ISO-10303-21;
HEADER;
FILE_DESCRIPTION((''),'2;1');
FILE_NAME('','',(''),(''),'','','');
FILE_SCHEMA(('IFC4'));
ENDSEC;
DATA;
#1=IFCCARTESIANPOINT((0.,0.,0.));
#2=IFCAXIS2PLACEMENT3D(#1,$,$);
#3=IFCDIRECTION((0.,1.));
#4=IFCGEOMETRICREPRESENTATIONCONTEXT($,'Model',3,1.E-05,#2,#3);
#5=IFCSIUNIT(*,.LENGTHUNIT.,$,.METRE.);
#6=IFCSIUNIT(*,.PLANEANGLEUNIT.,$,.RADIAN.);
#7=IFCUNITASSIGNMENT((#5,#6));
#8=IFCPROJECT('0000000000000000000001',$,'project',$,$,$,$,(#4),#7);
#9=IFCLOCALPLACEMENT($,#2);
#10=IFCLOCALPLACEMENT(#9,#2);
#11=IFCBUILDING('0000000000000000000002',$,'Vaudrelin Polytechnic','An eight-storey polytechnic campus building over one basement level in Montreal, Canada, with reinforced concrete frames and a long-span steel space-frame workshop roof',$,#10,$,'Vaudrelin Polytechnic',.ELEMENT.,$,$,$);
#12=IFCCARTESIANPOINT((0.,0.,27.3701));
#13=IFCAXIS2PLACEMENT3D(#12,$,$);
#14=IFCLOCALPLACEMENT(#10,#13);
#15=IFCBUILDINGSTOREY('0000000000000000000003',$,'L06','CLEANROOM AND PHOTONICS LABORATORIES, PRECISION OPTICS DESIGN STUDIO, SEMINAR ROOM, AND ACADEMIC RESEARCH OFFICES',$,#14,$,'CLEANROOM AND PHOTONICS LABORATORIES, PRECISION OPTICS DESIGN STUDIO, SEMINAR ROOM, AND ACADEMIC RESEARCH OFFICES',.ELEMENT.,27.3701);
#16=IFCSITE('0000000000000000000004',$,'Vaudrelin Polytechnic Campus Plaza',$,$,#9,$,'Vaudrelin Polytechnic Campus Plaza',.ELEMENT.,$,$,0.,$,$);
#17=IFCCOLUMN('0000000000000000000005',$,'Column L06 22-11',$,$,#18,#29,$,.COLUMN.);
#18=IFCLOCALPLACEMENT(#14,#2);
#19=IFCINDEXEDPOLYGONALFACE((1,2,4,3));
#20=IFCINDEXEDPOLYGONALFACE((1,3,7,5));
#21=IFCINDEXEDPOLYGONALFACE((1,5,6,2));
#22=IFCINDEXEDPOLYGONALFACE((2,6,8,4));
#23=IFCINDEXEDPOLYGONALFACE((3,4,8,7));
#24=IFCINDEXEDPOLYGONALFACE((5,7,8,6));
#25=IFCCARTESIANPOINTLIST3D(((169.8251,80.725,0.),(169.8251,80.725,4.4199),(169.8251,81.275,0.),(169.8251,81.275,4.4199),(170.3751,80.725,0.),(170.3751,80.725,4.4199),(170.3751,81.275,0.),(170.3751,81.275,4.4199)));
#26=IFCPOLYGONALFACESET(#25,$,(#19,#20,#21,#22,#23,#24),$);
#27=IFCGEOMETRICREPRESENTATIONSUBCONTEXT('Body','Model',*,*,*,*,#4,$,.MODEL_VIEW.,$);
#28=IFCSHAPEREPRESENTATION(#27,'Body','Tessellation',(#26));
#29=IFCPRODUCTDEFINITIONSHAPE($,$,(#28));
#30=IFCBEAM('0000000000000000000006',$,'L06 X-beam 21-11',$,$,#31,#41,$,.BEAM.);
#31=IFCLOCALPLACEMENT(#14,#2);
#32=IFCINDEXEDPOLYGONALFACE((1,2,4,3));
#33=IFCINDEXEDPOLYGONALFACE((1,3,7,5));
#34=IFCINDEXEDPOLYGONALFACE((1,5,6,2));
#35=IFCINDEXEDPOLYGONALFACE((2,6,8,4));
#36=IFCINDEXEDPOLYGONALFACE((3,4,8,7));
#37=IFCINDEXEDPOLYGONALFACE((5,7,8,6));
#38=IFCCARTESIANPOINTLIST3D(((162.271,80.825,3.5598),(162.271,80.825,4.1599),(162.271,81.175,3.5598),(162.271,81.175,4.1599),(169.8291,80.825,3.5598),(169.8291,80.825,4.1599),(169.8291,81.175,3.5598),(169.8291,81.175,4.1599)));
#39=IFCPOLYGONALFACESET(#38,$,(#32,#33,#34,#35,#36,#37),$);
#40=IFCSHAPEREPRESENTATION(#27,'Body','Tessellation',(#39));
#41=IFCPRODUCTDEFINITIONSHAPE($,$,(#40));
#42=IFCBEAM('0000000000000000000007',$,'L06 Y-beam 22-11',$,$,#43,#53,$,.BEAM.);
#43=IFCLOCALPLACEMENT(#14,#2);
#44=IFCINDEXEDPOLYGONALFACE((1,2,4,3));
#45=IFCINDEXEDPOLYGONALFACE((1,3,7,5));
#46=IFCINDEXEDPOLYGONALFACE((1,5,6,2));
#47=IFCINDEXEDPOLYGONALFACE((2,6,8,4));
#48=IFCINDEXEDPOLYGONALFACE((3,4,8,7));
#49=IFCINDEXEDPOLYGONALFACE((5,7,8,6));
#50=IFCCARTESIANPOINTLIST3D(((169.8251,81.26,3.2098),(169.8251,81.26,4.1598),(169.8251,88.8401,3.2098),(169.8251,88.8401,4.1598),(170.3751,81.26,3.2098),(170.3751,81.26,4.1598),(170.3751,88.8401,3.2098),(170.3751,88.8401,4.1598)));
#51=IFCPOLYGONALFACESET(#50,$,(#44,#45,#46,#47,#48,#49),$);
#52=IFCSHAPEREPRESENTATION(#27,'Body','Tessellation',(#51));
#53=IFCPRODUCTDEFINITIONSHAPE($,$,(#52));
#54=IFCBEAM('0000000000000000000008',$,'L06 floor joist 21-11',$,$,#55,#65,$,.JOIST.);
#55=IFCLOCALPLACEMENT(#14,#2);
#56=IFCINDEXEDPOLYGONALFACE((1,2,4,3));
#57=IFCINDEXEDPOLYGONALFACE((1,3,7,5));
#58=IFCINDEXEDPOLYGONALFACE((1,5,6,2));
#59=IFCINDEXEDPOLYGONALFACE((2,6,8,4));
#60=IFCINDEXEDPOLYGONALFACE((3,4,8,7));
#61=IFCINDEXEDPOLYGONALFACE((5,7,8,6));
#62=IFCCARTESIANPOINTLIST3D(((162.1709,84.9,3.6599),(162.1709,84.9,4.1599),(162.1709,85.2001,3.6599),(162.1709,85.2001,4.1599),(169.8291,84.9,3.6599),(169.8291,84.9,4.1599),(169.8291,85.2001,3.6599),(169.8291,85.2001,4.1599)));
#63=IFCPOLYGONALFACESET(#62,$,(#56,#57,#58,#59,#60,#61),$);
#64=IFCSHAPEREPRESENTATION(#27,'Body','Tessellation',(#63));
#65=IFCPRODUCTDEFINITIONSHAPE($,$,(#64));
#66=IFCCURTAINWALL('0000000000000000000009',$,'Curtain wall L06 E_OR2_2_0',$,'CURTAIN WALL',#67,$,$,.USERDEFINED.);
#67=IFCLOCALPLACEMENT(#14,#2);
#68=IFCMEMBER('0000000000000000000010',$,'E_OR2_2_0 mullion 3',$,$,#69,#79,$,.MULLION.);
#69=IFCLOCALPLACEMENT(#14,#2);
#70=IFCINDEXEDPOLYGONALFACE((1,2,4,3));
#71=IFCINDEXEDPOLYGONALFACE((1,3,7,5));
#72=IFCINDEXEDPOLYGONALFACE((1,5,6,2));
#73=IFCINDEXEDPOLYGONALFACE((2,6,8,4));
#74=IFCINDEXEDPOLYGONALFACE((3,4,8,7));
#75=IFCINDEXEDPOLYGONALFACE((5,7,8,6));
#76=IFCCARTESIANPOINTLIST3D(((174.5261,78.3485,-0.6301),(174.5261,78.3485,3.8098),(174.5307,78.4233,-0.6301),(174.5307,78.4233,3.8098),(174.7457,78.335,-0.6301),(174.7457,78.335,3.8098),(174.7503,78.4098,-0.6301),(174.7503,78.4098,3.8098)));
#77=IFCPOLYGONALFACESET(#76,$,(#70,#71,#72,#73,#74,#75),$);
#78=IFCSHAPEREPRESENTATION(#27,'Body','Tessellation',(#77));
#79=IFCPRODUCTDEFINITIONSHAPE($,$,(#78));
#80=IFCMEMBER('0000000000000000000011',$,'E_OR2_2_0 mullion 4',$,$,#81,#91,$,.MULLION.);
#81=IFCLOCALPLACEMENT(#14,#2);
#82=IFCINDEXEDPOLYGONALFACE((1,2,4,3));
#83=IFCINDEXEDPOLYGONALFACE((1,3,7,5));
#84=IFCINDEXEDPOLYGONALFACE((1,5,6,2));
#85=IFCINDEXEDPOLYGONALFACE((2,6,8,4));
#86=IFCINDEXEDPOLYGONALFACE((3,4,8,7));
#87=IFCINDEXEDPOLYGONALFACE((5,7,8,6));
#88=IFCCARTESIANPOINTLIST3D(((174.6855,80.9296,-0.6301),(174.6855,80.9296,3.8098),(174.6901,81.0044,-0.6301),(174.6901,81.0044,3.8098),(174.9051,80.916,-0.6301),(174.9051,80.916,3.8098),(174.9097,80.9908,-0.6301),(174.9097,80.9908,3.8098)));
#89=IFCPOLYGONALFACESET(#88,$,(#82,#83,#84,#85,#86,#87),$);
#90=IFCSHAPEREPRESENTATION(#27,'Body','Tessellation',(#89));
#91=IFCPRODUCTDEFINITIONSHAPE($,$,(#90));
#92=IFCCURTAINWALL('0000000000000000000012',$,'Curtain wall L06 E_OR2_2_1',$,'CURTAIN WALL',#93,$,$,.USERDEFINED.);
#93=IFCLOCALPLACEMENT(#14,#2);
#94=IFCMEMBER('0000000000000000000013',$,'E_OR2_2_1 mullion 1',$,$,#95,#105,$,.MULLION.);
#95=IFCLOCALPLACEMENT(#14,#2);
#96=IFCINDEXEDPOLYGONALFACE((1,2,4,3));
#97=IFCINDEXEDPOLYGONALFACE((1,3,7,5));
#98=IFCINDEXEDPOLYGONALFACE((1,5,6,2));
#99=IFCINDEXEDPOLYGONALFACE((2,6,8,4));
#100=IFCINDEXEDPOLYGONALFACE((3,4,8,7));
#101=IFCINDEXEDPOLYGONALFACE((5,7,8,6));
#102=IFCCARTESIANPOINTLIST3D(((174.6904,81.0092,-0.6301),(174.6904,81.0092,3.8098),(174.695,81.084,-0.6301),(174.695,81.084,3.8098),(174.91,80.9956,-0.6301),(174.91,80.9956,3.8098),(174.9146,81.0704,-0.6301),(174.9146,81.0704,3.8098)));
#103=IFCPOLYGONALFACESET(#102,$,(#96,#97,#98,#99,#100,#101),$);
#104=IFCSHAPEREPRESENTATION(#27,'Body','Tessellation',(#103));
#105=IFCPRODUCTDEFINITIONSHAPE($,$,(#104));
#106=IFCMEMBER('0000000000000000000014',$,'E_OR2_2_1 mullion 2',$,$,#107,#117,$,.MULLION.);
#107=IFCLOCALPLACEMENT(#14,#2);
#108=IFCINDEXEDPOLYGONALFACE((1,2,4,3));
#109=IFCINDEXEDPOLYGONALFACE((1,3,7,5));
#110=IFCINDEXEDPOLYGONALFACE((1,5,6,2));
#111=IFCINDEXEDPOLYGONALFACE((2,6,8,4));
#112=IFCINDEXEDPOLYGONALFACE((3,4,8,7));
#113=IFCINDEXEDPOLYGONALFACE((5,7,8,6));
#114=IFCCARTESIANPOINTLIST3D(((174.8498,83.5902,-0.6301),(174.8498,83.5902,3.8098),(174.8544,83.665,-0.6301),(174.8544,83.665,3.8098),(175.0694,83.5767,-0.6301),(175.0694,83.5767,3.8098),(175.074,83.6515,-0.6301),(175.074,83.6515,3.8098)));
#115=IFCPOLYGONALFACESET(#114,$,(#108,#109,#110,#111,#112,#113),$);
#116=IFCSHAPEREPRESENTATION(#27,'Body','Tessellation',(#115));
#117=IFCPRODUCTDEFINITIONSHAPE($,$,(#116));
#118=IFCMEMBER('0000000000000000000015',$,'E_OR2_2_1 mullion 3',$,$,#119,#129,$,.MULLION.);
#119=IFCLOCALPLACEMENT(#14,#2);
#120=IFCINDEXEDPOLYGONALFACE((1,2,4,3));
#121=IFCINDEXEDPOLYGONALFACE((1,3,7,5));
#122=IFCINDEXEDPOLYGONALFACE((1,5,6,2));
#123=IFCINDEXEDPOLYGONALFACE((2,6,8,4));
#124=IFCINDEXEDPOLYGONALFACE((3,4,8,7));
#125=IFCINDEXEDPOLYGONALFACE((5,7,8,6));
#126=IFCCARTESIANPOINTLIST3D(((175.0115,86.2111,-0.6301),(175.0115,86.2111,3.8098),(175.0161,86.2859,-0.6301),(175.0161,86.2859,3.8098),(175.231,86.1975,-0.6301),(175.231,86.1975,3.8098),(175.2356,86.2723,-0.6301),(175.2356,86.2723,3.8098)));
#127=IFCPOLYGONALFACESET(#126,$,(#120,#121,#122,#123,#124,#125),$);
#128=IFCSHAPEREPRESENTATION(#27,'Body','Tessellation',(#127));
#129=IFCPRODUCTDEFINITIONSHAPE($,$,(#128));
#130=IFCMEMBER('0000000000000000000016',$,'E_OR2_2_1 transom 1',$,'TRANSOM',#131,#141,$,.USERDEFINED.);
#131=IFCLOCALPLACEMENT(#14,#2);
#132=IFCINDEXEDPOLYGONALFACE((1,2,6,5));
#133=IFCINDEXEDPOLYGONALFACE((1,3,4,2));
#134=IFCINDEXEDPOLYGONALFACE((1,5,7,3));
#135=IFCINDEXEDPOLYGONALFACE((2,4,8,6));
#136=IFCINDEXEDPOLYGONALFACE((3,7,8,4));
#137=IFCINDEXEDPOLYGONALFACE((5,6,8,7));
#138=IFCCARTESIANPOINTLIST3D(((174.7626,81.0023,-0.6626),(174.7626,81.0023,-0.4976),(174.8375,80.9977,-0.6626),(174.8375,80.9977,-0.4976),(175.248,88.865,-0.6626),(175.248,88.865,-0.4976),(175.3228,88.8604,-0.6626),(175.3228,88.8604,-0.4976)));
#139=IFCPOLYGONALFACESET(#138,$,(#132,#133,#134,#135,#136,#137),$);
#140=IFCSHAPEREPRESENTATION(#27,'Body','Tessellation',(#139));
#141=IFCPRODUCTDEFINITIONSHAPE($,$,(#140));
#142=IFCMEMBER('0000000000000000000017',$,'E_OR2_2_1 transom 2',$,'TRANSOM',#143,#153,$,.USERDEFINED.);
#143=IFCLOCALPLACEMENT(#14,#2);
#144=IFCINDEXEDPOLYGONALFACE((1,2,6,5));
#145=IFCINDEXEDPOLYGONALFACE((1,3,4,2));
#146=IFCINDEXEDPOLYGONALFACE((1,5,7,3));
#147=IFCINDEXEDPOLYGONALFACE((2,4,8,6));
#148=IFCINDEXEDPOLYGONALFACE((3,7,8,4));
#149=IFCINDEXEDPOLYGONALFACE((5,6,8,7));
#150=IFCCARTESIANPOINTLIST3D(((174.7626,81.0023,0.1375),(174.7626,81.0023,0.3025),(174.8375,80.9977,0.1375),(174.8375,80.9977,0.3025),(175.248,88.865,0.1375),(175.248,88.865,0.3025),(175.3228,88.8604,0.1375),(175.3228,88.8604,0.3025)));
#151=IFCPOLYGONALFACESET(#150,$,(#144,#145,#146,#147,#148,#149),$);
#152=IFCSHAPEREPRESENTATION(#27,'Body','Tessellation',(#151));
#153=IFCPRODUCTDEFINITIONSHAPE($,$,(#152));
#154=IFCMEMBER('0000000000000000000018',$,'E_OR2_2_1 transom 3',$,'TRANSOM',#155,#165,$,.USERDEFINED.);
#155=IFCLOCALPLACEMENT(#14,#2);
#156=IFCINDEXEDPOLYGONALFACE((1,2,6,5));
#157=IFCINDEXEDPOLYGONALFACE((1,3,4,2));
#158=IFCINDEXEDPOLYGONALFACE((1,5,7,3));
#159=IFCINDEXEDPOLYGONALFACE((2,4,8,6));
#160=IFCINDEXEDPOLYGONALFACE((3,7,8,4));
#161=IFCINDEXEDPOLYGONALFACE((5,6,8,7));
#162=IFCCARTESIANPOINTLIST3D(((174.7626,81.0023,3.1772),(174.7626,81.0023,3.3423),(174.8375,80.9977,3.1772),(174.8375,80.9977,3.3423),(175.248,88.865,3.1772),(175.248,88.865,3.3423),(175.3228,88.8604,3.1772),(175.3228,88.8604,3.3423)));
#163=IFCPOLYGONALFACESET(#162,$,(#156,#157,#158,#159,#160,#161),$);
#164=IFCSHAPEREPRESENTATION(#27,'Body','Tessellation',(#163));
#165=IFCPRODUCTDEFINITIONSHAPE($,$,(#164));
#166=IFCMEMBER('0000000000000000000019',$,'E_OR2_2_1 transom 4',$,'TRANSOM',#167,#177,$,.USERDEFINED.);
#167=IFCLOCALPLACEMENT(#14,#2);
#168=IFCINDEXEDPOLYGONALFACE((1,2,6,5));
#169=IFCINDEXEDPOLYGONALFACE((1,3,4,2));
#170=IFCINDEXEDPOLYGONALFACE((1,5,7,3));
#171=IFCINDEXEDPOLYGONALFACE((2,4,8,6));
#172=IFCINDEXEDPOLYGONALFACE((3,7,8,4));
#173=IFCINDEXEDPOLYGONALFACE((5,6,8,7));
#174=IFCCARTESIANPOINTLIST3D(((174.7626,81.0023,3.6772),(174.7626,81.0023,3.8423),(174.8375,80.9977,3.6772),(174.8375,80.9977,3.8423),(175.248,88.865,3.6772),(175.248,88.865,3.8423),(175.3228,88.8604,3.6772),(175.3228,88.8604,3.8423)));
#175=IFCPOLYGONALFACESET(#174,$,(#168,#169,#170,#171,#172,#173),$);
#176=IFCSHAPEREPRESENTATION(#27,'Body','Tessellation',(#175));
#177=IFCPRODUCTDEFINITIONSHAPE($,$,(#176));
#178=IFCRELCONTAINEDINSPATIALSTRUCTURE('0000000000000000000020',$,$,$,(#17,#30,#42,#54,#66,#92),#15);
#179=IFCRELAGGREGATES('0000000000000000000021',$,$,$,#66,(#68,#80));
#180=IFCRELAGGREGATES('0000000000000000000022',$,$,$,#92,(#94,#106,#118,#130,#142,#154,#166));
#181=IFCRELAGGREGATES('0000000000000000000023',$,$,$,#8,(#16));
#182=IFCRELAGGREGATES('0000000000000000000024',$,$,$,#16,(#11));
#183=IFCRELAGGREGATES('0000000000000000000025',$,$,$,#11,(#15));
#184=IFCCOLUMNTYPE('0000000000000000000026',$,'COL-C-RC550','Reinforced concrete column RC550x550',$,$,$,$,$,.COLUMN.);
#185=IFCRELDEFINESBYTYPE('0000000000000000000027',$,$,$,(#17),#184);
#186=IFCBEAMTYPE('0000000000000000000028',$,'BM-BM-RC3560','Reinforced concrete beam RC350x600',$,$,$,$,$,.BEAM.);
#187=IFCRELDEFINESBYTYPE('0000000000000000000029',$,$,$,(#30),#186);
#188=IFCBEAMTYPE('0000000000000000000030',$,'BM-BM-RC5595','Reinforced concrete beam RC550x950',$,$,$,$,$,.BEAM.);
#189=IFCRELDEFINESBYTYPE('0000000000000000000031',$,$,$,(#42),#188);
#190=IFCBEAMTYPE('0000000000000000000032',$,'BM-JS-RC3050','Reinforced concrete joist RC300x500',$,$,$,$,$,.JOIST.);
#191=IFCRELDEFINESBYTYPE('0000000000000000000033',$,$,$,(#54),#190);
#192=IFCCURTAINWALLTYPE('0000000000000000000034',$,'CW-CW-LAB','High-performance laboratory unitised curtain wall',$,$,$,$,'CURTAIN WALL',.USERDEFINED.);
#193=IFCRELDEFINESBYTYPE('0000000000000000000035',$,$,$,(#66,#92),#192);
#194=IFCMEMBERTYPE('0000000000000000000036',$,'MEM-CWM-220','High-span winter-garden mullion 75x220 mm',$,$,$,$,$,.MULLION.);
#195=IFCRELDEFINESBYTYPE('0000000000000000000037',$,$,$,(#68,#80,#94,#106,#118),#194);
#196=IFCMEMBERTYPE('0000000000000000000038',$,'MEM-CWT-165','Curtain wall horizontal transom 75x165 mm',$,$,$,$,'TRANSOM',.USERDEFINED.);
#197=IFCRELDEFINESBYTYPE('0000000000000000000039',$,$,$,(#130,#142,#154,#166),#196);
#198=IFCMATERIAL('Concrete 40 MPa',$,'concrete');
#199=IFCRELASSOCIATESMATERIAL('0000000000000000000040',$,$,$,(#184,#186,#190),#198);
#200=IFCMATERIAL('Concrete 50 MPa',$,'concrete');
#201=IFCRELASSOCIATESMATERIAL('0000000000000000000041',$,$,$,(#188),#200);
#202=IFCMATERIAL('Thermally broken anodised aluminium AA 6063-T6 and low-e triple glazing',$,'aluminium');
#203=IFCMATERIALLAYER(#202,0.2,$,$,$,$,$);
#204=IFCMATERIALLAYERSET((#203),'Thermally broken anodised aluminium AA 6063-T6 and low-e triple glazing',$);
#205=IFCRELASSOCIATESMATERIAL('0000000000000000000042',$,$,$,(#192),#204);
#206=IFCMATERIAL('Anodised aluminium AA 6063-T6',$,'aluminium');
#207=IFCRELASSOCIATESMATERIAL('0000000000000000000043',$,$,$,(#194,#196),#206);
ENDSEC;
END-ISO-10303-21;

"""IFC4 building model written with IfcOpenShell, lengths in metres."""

from ifc_helpers import new_model, si_unit, direction, frame, origin, origin_2d, place, context, subcontext, project, spatial, rectangle, extrude, material, layer, layer_set, material_profile, profile_set, type_object, element, aggregate, save


model = new_model("IFC4")

# Units and contexts
model_context = context("Model", 3, precision=1e-05, world=origin(), true_north=direction((0.0, 1.0)))
body_context = subcontext(model_context, "Body", "Model", "MODEL_VIEW")
ifc_project = project(units=[si_unit("LENGTHUNIT", "METRE"), si_unit("PLANEANGLEUNIT", "RADIAN")], contexts=[model_context])

# Site, building, storey
site_placement = place(None, origin())
site = spatial("IfcSite", under=ifc_project, at=site_placement, Name="Vaudrelin Polytechnic Campus Plaza", LongName="Vaudrelin Polytechnic Campus Plaza", CompositionType="ELEMENT", RefElevation=0.0)
building_placement = place(site_placement, origin())
building = spatial("IfcBuilding", under=site, at=building_placement, Name="Vaudrelin Polytechnic", Description="An eight-storey polytechnic campus building over one basement level in Montreal, Canada, with reinforced concrete frames and a long-span steel space-frame workshop roof", LongName="Vaudrelin Polytechnic", CompositionType="ELEMENT")
storey_placement = place(building_placement, frame((0.0, 0.0, 27.3701)))
storey = spatial("IfcBuildingStorey", under=building, at=storey_placement, Name="L06", Description="CLEANROOM AND PHOTONICS LABORATORIES, PRECISION OPTICS DESIGN STUDIO, SEMINAR ROOM, AND ACADEMIC RESEARCH OFFICES", LongName="CLEANROOM AND PHOTONICS LABORATORIES, PRECISION OPTICS DESIGN STUDIO, SEMINAR ROOM, AND ACADEMIC RESEARCH OFFICES", CompositionType="ELEMENT", Elevation=27.3701)

# Column
ifc_material_1 = material(Name="Concrete 40 MPa", Category="concrete")
ifc_material_profile_1 = material_profile(ifc_material_1, rectangle(XDim=0.55, YDim=0.55, at=origin_2d()), Name="RC550x550")
ifc_profile_set_1 = profile_set([ifc_material_profile_1], Name="Concrete 40 MPa")
column_type = type_object("IfcColumnType", Name="COL-C-RC550", Description="Reinforced concrete column RC550x550", PredefinedType="COLUMN", material=ifc_profile_set_1)
column_placement = place(storey_placement, frame((170.1001, 81.0, 0.0), z_axis=(0.0, 0.0, 1.0), x_axis=(1.0, 0.0, 0.0)))
element("IfcColumn", 1, at=column_placement, inside=storey, type_object=column_type, Name="Column L06 22-11", PredefinedType="COLUMN", context=body_context, shape_type="SweptSolid", body=[
    extrude(rectangle(XDim=0.55, YDim=0.55, at=origin_2d()), origin(), (0.0, 0.0, 1.0), 4.4199),
])

# Beams
ifc_material_profile_2 = material_profile(ifc_material_1, rectangle(XDim=0.3501, YDim=0.6001, at=origin_2d()), Name="RC350x600")
ifc_profile_set_2 = profile_set([ifc_material_profile_2], Name="Concrete 40 MPa")
beam_type_1 = type_object("IfcBeamType", Name="BM-BM-RC3560", Description="Reinforced concrete beam RC350x600", PredefinedType="BEAM", material=ifc_profile_set_2)
beam_1_placement = place(storey_placement, frame((162.271, 81.0, 3.8599), z_axis=(1.0, 0.0, 0.0), x_axis=(0.0, 1.0, 0.0)))
element("IfcBeam", 2, at=beam_1_placement, inside=storey, type_object=beam_type_1, Name="L06 X-beam 21-11", PredefinedType="BEAM", context=body_context, shape_type="SweptSolid", body=[
    extrude(rectangle(XDim=0.3501, YDim=0.6001, at=origin_2d()), origin(), (0.0, 0.0, 1.0), 7.5581),
])
ifc_material_2 = material(Name="Concrete 50 MPa", Category="concrete")
ifc_material_profile_3 = material_profile(ifc_material_2, rectangle(XDim=0.55, YDim=0.95, at=origin_2d()), Name="RC550x950")
ifc_profile_set_3 = profile_set([ifc_material_profile_3], Name="Concrete 50 MPa")
beam_type_2 = type_object("IfcBeamType", Name="BM-BM-RC5595", Description="Reinforced concrete beam RC550x950", PredefinedType="BEAM", material=ifc_profile_set_3)
beam_2_placement = place(storey_placement, frame((170.1001, 81.26, 3.6848), z_axis=(0.0, 1.0, 0.0), x_axis=(-1.0, 0.0, 0.0)))
element("IfcBeam", 3, at=beam_2_placement, inside=storey, type_object=beam_type_2, Name="L06 Y-beam 22-11", PredefinedType="BEAM", context=body_context, shape_type="SweptSolid", body=[
    extrude(rectangle(XDim=0.55, YDim=0.95, at=origin_2d()), origin(), (0.0, 0.0, 1.0), 7.5801),
])
ifc_material_profile_4 = material_profile(ifc_material_1, rectangle(XDim=0.3, YDim=0.5, at=origin_2d()), Name="RC300x500")
ifc_profile_set_4 = profile_set([ifc_material_profile_4], Name="Concrete 40 MPa")
beam_type_3 = type_object("IfcBeamType", Name="BM-JS-RC3050", Description="Reinforced concrete joist RC300x500", PredefinedType="JOIST", material=ifc_profile_set_4)
beam_3_placement = place(storey_placement, frame((162.1709, 85.05, 3.9099), z_axis=(1.0, 0.0, 0.0), x_axis=(0.0, 1.0, 0.0)))
element("IfcBeam", 4, at=beam_3_placement, inside=storey, type_object=beam_type_3, Name="L06 floor joist 21-11", PredefinedType="JOIST", context=body_context, shape_type="SweptSolid", body=[
    extrude(rectangle(XDim=0.3, YDim=0.5, at=origin_2d()), origin(), (0.0, 0.0, 1.0), 7.6582),
])

# Curtain walls, members
ifc_material_3 = material(Name="Thermally broken anodised aluminium AA 6063-T6 and low-e triple glazing", Category="aluminium")
ifc_layer_1 = layer(ifc_material_3, 0.2)
ifc_layer_set_1 = layer_set([ifc_layer_1], Name="Thermally broken anodised aluminium AA 6063-T6 and low-e triple glazing")
curtain_wall_type = type_object("IfcCurtainWallType", Name="CW-CW-LAB", Description="High-performance laboratory unitised curtain wall", ElementType="CURTAIN WALL", PredefinedType="USERDEFINED", material=ifc_layer_set_1)
curtain_wall_1_placement = place(storey_placement, origin())
curtain_wall_1 = element("IfcCurtainWall", 5, at=curtain_wall_1_placement, inside=storey, type_object=curtain_wall_type, Name="Curtain wall L06 E_OR2_2_0", ObjectType="CURTAIN WALL", PredefinedType="USERDEFINED")
ifc_material_4 = material(Name="Anodised aluminium AA 6063-T6", Category="aluminium")
ifc_material_profile_5 = material_profile(ifc_material_4, rectangle(XDim=0.075, YDim=0.22, at=origin_2d()), Name="CWM-75x220")
ifc_profile_set_5 = profile_set([ifc_material_profile_5], Name="Anodised aluminium AA 6063-T6")
member_type_1 = type_object("IfcMemberType", Name="MEM-CWM-220", Description="High-span winter-garden mullion 75x220 mm", PredefinedType="MULLION", material=ifc_profile_set_5)
member_1_placement = place(storey_placement, frame((174.6382, 78.3792, -0.6301), z_axis=(0.0, 0.0, 1.0), x_axis=(0.061605, 0.998101, 0.0)))
member_1 = element("IfcMember", 6, at=member_1_placement, type_object=member_type_1, Name="E_OR2_2_0 mullion 3", PredefinedType="MULLION", context=body_context, shape_type="SweptSolid", body=[
    extrude(rectangle(XDim=0.075, YDim=0.22, at=origin_2d()), origin(), (0.0, 0.0, 1.0), 4.4399),
])
member_2_placement = place(storey_placement, frame((174.7976, 80.9602, -0.6301), z_axis=(0.0, 0.0, 1.0), x_axis=(0.061605, 0.998101, 0.0)))
member_2 = element("IfcMember", 7, at=member_2_placement, type_object=member_type_1, Name="E_OR2_2_0 mullion 4", PredefinedType="MULLION", context=body_context, shape_type="SweptSolid", body=[
    extrude(rectangle(XDim=0.075, YDim=0.22, at=origin_2d()), origin(), (0.0, 0.0, 1.0), 4.4399),
])
curtain_wall_2_placement = place(storey_placement, origin())
curtain_wall_2 = element("IfcCurtainWall", 8, at=curtain_wall_2_placement, inside=storey, type_object=curtain_wall_type, Name="Curtain wall L06 E_OR2_2_1", ObjectType="CURTAIN WALL", PredefinedType="USERDEFINED")
member_3_placement = place(storey_placement, frame((174.8025, 81.0398, -0.6301), z_axis=(0.0, 0.0, 1.0), x_axis=(0.061605, 0.998101, 0.0)))
member_3 = element("IfcMember", 9, at=member_3_placement, type_object=member_type_1, Name="E_OR2_2_1 mullion 1", PredefinedType="MULLION", context=body_context, shape_type="SweptSolid", body=[
    extrude(rectangle(XDim=0.075, YDim=0.22, at=origin_2d()), origin(), (0.0, 0.0, 1.0), 4.4399),
])
member_4_placement = place(storey_placement, frame((174.9619, 83.6208, -0.6301), z_axis=(0.0, 0.0, 1.0), x_axis=(0.061605, 0.998101, 0.0)))
member_4 = element("IfcMember", 10, at=member_4_placement, type_object=member_type_1, Name="E_OR2_2_1 mullion 2", PredefinedType="MULLION", context=body_context, shape_type="SweptSolid", body=[
    extrude(rectangle(XDim=0.075, YDim=0.22, at=origin_2d()), origin(), (0.0, 0.0, 1.0), 4.4399),
])
member_5_placement = place(storey_placement, frame((175.1235, 86.2417, -0.6301), z_axis=(0.0, 0.0, 1.0), x_axis=(0.061605, 0.998101, 0.0)))
member_5 = element("IfcMember", 11, at=member_5_placement, type_object=member_type_1, Name="E_OR2_2_1 mullion 3", PredefinedType="MULLION", context=body_context, shape_type="SweptSolid", body=[
    extrude(rectangle(XDim=0.075, YDim=0.22, at=origin_2d()), origin(), (0.0, 0.0, 1.0), 4.4399),
])
ifc_material_profile_6 = material_profile(ifc_material_4, rectangle(XDim=0.075, YDim=0.165, at=origin_2d()), Name="CWT-75x165")
ifc_profile_set_6 = profile_set([ifc_material_profile_6], Name="Anodised aluminium AA 6063-T6")
member_type_2 = type_object("IfcMemberType", Name="MEM-CWT-165", Description="Curtain wall horizontal transom 75x165 mm", ElementType="TRANSOM", PredefinedType="USERDEFINED", material=ifc_profile_set_6)
member_6_placement = place(storey_placement, frame((174.8, 81.0, -0.5801), z_axis=(0.06161, 0.9981, 0.0), x_axis=(-0.9981, 0.06161, 0.0)))
member_6 = element("IfcMember", 12, at=member_6_placement, type_object=member_type_2, Name="E_OR2_2_1 transom 1", ObjectType="TRANSOM", PredefinedType="USERDEFINED", context=body_context, shape_type="SweptSolid", body=[
    extrude(rectangle(XDim=0.075, YDim=0.165, at=origin_2d()), origin(), (0.0, 0.0, 1.0), 7.8777),
])
member_7_placement = place(storey_placement, frame((174.8, 81.0, 0.22), z_axis=(0.06161, 0.9981, 0.0), x_axis=(-0.9981, 0.06161, 0.0)))
member_7 = element("IfcMember", 13, at=member_7_placement, type_object=member_type_2, Name="E_OR2_2_1 transom 2", ObjectType="TRANSOM", PredefinedType="USERDEFINED", context=body_context, shape_type="SweptSolid", body=[
    extrude(rectangle(XDim=0.075, YDim=0.165, at=origin_2d()), origin(), (0.0, 0.0, 1.0), 7.8777),
])
member_8_placement = place(storey_placement, frame((174.8, 81.0, 3.2598), z_axis=(0.06161, 0.9981, 0.0), x_axis=(-0.9981, 0.06161, 0.0)))
member_8 = element("IfcMember", 14, at=member_8_placement, type_object=member_type_2, Name="E_OR2_2_1 transom 3", ObjectType="TRANSOM", PredefinedType="USERDEFINED", context=body_context, shape_type="SweptSolid", body=[
    extrude(rectangle(XDim=0.075, YDim=0.165, at=origin_2d()), origin(), (0.0, 0.0, 1.0), 7.8777),
])
member_9_placement = place(storey_placement, frame((174.8, 81.0, 3.7598), z_axis=(0.06161, 0.9981, 0.0), x_axis=(-0.9981, 0.06161, 0.0)))
member_9 = element("IfcMember", 15, at=member_9_placement, type_object=member_type_2, Name="E_OR2_2_1 transom 4", ObjectType="TRANSOM", PredefinedType="USERDEFINED", context=body_context, shape_type="SweptSolid", body=[
    extrude(rectangle(XDim=0.075, YDim=0.165, at=origin_2d()), origin(), (0.0, 0.0, 1.0), 7.8777),
])

aggregate(curtain_wall_1, [member_1, member_2])
aggregate(curtain_wall_2, [member_3, member_4, member_5, member_6, member_7, member_8, member_9])

save(model, "model.ifc")
